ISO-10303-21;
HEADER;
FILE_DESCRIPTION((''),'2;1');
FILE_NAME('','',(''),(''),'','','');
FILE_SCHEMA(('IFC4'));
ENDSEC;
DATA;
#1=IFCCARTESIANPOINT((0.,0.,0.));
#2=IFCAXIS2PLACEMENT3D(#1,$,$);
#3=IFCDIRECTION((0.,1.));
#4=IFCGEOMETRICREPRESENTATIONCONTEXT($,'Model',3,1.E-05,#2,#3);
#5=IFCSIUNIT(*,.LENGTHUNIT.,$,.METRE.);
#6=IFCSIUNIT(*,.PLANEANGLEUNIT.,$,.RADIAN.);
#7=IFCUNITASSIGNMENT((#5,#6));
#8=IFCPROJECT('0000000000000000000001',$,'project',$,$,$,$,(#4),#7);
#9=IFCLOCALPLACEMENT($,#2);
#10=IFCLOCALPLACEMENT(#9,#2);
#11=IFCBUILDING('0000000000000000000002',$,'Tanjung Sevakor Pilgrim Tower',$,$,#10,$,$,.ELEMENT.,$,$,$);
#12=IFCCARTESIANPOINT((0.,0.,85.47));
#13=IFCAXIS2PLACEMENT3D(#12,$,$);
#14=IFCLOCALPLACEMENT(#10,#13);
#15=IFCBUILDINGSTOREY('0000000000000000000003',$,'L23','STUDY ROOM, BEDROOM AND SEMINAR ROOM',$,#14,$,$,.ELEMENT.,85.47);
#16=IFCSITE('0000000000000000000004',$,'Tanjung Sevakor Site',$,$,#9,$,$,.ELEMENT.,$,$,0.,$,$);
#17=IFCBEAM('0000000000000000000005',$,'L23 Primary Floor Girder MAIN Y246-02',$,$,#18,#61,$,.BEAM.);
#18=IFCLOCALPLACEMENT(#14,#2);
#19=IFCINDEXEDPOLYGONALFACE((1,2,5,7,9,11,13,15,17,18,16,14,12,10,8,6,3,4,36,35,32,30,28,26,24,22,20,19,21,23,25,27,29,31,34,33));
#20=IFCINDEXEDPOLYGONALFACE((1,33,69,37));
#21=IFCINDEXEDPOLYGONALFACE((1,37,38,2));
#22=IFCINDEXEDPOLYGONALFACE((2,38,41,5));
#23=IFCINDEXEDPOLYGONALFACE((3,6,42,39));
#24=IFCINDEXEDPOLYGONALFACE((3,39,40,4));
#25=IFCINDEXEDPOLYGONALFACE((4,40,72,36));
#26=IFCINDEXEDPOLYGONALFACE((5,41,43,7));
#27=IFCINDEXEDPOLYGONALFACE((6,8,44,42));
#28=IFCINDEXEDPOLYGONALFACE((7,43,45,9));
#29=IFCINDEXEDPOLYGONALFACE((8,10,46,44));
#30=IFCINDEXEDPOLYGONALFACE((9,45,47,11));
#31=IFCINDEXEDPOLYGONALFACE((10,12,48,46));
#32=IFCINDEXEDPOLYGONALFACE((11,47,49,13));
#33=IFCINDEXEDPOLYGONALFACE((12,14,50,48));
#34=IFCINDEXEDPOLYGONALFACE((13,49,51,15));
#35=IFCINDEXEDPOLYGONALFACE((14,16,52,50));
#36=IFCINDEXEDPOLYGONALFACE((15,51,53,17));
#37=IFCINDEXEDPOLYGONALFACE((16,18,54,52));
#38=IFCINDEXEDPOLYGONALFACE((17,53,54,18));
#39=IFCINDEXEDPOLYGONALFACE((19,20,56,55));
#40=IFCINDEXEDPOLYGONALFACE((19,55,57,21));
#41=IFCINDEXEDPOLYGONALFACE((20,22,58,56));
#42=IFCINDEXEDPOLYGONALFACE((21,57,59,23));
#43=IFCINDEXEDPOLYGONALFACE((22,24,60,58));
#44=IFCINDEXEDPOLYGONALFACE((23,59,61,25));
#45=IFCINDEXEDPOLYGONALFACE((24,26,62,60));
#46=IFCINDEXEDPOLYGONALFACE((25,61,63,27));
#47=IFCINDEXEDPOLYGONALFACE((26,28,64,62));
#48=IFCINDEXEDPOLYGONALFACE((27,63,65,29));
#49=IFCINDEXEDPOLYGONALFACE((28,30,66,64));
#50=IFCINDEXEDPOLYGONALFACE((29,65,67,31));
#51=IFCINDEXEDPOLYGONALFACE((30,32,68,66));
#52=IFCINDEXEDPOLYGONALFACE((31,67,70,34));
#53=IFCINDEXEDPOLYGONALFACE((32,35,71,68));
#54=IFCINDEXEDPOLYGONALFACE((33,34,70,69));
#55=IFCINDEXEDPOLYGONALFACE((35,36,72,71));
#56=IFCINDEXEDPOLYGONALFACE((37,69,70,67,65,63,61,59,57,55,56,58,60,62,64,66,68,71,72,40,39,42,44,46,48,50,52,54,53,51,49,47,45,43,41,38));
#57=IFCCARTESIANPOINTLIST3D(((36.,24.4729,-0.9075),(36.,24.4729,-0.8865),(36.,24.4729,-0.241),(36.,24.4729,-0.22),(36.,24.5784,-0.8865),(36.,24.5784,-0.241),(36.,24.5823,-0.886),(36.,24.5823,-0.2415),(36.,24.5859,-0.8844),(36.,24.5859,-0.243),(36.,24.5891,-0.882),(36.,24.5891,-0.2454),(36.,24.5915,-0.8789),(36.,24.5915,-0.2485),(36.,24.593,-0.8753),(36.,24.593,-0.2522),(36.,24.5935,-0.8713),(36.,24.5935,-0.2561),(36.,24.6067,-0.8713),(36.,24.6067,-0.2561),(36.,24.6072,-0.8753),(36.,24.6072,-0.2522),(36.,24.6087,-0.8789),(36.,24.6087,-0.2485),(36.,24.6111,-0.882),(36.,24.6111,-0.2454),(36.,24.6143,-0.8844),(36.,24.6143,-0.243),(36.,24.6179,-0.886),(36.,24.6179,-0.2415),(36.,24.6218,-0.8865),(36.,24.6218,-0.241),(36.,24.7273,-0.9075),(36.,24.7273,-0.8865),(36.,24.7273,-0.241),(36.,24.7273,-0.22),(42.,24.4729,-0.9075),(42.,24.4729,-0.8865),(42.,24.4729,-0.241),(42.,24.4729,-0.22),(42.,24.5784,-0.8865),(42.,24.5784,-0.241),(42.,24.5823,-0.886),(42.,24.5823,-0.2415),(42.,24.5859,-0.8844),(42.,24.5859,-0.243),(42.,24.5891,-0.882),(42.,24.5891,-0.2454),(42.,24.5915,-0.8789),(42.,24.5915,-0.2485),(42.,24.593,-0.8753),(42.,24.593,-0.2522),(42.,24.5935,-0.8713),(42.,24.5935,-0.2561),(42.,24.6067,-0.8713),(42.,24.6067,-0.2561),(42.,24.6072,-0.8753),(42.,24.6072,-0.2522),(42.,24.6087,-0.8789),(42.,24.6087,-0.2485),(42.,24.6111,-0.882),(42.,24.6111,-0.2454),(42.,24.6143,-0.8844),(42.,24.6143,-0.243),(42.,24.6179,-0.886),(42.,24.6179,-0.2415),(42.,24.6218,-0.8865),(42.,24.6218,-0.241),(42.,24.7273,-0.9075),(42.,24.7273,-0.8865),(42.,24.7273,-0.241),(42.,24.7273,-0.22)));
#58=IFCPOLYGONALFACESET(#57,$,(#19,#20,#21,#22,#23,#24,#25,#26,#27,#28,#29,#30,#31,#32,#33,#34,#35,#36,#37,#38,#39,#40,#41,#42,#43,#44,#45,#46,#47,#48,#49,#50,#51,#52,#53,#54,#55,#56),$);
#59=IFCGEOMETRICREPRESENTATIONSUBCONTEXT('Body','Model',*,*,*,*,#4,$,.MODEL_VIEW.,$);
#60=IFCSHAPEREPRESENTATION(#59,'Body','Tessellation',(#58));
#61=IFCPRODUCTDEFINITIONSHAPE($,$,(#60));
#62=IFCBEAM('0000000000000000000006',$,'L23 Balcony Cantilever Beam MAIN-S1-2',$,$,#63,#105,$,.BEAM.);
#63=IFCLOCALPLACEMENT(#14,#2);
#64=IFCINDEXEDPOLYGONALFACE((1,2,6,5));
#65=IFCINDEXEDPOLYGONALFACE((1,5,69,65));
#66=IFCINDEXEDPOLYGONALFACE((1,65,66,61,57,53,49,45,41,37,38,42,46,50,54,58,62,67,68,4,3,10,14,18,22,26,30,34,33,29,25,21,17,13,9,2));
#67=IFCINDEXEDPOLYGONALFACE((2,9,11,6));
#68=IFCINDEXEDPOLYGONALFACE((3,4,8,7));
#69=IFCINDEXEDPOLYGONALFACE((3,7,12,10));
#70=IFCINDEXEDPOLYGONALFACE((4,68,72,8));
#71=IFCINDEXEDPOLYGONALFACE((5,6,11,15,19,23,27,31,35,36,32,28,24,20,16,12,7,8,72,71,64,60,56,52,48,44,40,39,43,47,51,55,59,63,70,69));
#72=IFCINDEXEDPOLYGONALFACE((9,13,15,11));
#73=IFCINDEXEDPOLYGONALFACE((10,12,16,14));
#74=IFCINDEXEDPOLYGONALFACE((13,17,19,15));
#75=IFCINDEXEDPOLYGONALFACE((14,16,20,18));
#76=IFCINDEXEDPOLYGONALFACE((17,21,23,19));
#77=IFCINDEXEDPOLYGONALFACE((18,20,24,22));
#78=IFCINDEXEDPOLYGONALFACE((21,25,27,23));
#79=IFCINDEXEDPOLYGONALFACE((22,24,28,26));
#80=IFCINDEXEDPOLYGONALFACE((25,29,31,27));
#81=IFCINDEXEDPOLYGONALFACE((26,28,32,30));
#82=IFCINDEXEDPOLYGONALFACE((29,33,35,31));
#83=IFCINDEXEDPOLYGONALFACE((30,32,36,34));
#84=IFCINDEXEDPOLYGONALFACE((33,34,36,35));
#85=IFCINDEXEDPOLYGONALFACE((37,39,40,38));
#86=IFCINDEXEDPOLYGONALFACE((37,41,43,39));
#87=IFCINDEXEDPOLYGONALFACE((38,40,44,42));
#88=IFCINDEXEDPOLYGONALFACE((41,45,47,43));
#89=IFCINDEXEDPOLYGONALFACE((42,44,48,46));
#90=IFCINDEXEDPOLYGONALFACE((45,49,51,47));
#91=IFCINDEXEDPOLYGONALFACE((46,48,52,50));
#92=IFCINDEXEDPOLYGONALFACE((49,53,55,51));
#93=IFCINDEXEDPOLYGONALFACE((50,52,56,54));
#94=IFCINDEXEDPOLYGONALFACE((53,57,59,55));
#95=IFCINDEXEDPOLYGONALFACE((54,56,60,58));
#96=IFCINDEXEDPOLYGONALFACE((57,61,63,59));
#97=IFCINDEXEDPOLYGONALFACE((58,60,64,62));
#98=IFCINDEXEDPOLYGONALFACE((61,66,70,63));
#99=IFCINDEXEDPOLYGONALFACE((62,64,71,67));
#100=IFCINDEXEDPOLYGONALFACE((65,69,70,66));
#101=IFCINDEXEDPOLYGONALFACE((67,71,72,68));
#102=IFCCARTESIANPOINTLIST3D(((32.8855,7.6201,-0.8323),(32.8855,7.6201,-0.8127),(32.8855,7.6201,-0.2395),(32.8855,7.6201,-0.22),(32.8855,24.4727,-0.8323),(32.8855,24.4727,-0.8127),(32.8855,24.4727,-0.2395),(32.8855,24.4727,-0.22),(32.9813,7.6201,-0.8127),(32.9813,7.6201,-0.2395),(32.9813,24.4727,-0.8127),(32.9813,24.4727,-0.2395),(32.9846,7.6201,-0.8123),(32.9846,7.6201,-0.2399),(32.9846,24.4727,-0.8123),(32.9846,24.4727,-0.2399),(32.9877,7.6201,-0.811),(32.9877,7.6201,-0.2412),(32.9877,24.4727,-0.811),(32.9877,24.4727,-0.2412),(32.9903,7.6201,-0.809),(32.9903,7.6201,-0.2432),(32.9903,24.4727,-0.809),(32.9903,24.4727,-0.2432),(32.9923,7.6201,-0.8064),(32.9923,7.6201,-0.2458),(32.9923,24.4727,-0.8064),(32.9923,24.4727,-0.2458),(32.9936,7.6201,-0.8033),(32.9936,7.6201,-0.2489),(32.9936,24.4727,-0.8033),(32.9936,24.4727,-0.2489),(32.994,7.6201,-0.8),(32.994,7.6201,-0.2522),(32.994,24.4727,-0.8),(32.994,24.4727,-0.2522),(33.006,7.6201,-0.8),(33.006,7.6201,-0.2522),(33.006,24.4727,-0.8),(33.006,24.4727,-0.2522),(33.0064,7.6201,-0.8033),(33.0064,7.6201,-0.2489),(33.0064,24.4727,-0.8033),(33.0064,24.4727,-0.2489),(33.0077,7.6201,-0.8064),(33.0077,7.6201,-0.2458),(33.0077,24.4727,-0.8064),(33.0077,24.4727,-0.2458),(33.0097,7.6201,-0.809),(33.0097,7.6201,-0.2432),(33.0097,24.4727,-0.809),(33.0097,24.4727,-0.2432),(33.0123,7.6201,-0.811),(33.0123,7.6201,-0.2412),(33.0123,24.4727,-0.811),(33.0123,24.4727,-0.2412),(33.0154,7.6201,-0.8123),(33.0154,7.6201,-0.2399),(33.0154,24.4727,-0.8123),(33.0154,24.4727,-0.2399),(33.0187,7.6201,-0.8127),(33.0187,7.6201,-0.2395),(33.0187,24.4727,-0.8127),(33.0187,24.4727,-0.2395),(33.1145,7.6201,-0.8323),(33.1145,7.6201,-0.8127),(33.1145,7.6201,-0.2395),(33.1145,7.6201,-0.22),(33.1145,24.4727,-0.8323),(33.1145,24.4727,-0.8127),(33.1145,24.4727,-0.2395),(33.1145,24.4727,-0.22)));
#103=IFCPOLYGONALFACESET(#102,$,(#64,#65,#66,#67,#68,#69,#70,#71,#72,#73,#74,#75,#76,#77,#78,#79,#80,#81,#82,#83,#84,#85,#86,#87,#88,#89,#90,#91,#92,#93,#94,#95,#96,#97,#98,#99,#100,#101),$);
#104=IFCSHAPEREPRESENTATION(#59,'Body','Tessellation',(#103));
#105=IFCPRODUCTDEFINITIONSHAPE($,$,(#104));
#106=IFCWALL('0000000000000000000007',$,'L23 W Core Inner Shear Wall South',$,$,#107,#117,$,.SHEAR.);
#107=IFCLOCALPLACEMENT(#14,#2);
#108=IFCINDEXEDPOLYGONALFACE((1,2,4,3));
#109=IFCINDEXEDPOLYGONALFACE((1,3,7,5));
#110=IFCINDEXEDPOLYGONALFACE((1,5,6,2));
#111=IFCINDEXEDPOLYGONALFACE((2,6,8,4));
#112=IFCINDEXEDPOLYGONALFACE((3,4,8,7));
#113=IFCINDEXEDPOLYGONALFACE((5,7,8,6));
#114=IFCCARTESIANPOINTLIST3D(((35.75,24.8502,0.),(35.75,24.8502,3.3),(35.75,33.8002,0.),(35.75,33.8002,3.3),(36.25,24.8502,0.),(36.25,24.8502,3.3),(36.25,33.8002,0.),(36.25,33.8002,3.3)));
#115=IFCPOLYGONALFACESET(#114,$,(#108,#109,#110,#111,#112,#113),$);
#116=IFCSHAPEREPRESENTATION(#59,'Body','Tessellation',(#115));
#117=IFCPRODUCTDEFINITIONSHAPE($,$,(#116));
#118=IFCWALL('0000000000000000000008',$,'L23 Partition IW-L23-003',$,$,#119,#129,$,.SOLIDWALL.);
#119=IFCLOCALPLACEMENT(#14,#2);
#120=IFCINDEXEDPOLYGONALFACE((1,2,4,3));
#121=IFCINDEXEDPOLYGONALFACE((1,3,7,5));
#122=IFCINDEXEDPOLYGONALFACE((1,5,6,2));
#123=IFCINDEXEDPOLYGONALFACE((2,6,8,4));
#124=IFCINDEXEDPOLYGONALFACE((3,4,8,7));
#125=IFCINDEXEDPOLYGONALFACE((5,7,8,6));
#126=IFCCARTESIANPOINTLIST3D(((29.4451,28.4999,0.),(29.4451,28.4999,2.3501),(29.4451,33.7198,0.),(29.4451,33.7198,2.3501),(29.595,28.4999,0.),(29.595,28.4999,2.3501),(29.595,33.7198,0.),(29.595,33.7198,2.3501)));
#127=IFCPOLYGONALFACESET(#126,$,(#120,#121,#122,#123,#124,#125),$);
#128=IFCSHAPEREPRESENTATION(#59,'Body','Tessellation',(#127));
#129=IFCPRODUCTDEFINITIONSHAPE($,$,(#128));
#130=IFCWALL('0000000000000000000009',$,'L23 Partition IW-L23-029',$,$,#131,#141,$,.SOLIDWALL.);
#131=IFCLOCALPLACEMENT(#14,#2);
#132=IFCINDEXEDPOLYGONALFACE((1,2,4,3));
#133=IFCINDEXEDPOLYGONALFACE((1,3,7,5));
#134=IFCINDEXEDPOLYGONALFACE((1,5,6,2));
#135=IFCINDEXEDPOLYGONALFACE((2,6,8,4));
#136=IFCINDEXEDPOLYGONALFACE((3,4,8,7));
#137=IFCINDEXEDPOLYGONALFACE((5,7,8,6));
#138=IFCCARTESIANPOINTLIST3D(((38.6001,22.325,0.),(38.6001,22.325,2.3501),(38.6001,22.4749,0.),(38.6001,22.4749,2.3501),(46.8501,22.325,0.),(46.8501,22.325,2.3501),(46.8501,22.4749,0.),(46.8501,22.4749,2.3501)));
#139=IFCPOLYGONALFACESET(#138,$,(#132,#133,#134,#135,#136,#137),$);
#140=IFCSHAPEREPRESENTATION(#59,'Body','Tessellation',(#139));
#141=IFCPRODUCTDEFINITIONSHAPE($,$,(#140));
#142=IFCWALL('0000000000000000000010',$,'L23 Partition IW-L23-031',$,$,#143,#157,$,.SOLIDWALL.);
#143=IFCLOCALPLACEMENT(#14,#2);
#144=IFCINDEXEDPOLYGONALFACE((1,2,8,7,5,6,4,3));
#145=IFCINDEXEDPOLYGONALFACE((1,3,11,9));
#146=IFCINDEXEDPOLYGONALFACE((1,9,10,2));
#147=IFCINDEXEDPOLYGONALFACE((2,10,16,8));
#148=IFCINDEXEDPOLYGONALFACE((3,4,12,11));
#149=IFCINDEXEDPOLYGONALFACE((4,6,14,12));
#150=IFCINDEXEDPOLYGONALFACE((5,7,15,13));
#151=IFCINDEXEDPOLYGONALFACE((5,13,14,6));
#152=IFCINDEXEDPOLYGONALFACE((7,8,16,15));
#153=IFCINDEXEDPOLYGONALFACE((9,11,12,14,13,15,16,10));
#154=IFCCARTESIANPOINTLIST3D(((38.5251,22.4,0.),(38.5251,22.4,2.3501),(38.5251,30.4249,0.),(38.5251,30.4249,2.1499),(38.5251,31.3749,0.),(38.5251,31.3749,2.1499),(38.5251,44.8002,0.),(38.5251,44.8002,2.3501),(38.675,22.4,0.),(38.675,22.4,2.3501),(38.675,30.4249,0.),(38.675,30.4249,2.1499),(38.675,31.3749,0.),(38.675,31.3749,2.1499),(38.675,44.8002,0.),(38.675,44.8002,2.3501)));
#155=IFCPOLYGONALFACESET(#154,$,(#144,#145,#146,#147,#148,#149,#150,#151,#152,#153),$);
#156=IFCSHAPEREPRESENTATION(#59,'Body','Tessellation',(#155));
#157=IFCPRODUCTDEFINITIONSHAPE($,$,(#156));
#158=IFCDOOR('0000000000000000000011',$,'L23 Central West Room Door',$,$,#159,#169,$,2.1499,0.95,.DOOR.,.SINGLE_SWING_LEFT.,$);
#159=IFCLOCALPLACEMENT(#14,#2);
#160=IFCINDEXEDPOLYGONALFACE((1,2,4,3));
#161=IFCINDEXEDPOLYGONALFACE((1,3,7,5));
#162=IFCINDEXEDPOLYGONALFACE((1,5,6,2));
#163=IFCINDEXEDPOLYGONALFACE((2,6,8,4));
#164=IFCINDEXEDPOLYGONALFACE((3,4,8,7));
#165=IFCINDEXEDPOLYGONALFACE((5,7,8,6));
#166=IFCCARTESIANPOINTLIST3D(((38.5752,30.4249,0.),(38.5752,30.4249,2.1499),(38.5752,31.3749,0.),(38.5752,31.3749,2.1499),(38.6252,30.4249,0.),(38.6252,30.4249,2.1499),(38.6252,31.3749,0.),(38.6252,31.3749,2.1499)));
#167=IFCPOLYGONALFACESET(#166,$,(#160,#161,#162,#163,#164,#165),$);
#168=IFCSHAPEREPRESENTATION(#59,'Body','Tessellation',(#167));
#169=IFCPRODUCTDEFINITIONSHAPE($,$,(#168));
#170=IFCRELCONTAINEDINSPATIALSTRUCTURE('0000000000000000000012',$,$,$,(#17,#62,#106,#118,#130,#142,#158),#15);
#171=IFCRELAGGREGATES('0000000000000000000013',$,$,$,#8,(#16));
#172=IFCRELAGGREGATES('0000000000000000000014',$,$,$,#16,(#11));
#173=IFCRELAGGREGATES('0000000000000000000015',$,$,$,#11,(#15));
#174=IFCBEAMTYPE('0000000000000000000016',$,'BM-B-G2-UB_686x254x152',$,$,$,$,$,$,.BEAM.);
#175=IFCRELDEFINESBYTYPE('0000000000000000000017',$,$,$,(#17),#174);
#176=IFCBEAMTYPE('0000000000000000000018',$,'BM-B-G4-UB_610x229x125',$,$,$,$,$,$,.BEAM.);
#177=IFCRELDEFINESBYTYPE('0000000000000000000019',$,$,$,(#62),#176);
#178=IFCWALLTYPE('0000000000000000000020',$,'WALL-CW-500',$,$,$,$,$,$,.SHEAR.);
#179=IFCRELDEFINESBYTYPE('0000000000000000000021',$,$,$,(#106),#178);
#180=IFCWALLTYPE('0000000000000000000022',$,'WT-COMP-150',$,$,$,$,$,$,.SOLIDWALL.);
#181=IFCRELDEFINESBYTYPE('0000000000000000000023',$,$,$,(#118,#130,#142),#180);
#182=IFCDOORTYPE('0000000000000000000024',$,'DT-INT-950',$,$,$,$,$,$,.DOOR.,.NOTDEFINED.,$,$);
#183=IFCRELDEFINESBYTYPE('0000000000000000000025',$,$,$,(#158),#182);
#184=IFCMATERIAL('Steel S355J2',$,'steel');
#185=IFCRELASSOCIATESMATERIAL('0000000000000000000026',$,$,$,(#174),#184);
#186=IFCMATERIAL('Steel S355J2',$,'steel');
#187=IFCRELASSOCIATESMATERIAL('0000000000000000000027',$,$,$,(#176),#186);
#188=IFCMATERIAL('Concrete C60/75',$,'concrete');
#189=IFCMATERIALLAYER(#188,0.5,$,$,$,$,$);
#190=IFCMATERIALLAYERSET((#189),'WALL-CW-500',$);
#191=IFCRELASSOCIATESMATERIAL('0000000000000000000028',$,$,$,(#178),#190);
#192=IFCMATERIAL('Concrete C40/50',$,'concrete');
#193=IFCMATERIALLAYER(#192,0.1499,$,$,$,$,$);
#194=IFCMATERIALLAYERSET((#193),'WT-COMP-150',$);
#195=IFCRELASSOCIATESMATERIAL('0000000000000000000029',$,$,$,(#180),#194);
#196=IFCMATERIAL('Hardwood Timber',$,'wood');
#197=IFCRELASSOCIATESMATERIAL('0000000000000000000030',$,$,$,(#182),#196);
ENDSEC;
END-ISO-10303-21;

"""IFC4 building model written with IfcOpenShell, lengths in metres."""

from ifc_helpers import new_model, si_unit, direction, frame, frame_2d, origin, origin_2d, place, context, subcontext, project, spatial, rectangle, i_section, extrude, material, layer, layer_set, material_profile, profile_set, type_object, element, fill, save


model = new_model("IFC4")

# Units and contexts
model_context = context("Model", 3, precision=1e-05, world=origin(), true_north=direction((0.0, 1.0)))
body_context = subcontext(model_context, "Body", "Model", "MODEL_VIEW")
ifc_project = project(units=[si_unit("LENGTHUNIT", "METRE"), si_unit("PLANEANGLEUNIT", "RADIAN")], contexts=[model_context])

# Site, building, storey
site_placement = place(None, origin())
site = spatial("IfcSite", under=ifc_project, at=site_placement, Name="Tanjung Sevakor Site", CompositionType="ELEMENT", RefElevation=0.0)
building_placement = place(site_placement, origin())
building = spatial("IfcBuilding", under=site, at=building_placement, Name="Tanjung Sevakor Pilgrim Tower", CompositionType="ELEMENT")
storey_placement = place(building_placement, frame((0.0, 0.0, 85.47)))
storey = spatial("IfcBuildingStorey", under=building, at=storey_placement, Name="L23", Description="STUDY ROOM, BEDROOM AND SEMINAR ROOM", CompositionType="ELEMENT", Elevation=85.47)

# Beams
ifc_material_1 = material(Name="Steel S355J2", Category="steel")
ifc_material_profile_1 = material_profile(ifc_material_1, i_section(OverallWidth=0.2544, OverallDepth=0.6875, WebThickness=0.0132, FlangeThickness=0.021, FilletRadius=0.0151, at=origin_2d()))
ifc_profile_set_1 = profile_set([ifc_material_profile_1], Name="Steel S355J2")
beam_type_1 = type_object("IfcBeamType", Name="BM-B-G2-UB_686x254x152", PredefinedType="BEAM", material=ifc_profile_set_1)
beam_1_placement = place(storey_placement, frame((36.0, 24.6001, -0.5637), z_axis=(1.0, 0.0, 0.0), x_axis=(0.0, 1.0, 0.0)))
element("IfcBeam", 1, at=beam_1_placement, inside=storey, type_object=beam_type_1, Name="L23 Primary Floor Girder MAIN Y246-02", PredefinedType="BEAM", context=body_context, shape_type="SweptSolid", body=[
    extrude(i_section(OverallWidth=0.2544, OverallDepth=0.6875, WebThickness=0.0132, FlangeThickness=0.021, FilletRadius=0.0151, at=origin_2d()), origin(), (0.0, 0.0, 1.0), 6.0),
])
ifc_material_2 = material(Name="Steel S355J2", Category="steel")
ifc_material_profile_2 = material_profile(ifc_material_2, i_section(OverallWidth=0.229, OverallDepth=0.6123, WebThickness=0.012, FlangeThickness=0.0195, FilletRadius=0.0127, at=origin_2d()))
ifc_profile_set_2 = profile_set([ifc_material_profile_2], Name="Steel S355J2")
beam_type_2 = type_object("IfcBeamType", Name="BM-B-G4-UB_610x229x125", PredefinedType="BEAM", material=ifc_profile_set_2)
beam_2_placement = place(storey_placement, frame((33.0, 24.4727, -0.5261), z_axis=(0.0, -1.0, 0.0), x_axis=(1.0, 0.0, 0.0)))
element("IfcBeam", 2, at=beam_2_placement, inside=storey, type_object=beam_type_2, Name="L23 Balcony Cantilever Beam MAIN-S1-2", PredefinedType="BEAM", context=body_context, shape_type="SweptSolid", body=[
    extrude(i_section(OverallWidth=0.229, OverallDepth=0.6123, WebThickness=0.012, FlangeThickness=0.0195, FilletRadius=0.0127, at=origin_2d()), origin(), (0.0, 0.0, 1.0), 16.8525),
])

# Walls
ifc_material_3 = material(Name="Concrete C60/75", Category="concrete")
ifc_layer_1 = layer(ifc_material_3, 0.5)
ifc_layer_set_1 = layer_set([ifc_layer_1], Name="WALL-CW-500")
wall_type_1 = type_object("IfcWallType", Name="WALL-CW-500", PredefinedType="SHEAR", material=ifc_layer_set_1)
wall_1_placement = place(storey_placement, frame((36.0, 24.8501, 0.0), z_axis=(0.0, 0.0, 1.0), x_axis=(0.0, 1.0, 0.0)))
element("IfcWall", 3, at=wall_1_placement, inside=storey, type_object=wall_type_1, Name="L23 W Core Inner Shear Wall South", PredefinedType="SHEAR", context=body_context, shape_type="SweptSolid", body=[
    extrude(rectangle(XDim=8.95, YDim=0.5, at=frame_2d((4.4751, 0.0))), origin(), (0.0, 0.0, 1.0), 3.3),
])
ifc_material_4 = material(Name="Concrete C40/50", Category="concrete")
ifc_layer_2 = layer(ifc_material_4, 0.1499)
ifc_layer_set_2 = layer_set([ifc_layer_2], Name="WT-COMP-150")
wall_type_2 = type_object("IfcWallType", Name="WT-COMP-150", PredefinedType="SOLIDWALL", material=ifc_layer_set_2)
wall_2_placement = place(storey_placement, frame((29.52, 28.5, 0.0), z_axis=(0.0, 0.0, 1.0), x_axis=(0.0, 1.0, 0.0)))
element("IfcWall", 4, at=wall_2_placement, inside=storey, type_object=wall_type_2, Name="L23 Partition IW-L23-003", PredefinedType="SOLIDWALL", context=body_context, shape_type="SweptSolid", body=[
    extrude(rectangle(XDim=5.22, YDim=0.1499, at=frame_2d((2.6099, 0.0))), origin(), (0.0, 0.0, 1.0), 2.3501),
])

# Wall
wall_3_placement = place(storey_placement, frame((38.6001, 22.3999, 0.0), z_axis=(0.0, 0.0, 1.0), x_axis=(1.0, 0.0, 0.0)))
element("IfcWall", 5, at=wall_3_placement, inside=storey, type_object=wall_type_2, Name="L23 Partition IW-L23-029", PredefinedType="SOLIDWALL", context=body_context, shape_type="SweptSolid", body=[
    extrude(rectangle(XDim=8.25, YDim=0.1499, at=frame_2d((4.125, 0.0))), origin(), (0.0, 0.0, 1.0), 2.3501),
])

# Wall, opening, door
wall_4_placement = place(storey_placement, frame((38.6001, 22.3999, 0.0), z_axis=(0.0, 0.0, 1.0), x_axis=(0.0, 1.0, 0.0)))
wall_4 = element("IfcWall", 6, at=wall_4_placement, inside=storey, type_object=wall_type_2, Name="L23 Partition IW-L23-031", PredefinedType="SOLIDWALL", context=body_context, shape_type="SweptSolid", body=[
    extrude(rectangle(XDim=22.4001, YDim=0.1499, at=frame_2d((11.2002, 0.0))), origin(), (0.0, 0.0, 1.0), 2.3501),
])
opening_1_placement = place(wall_4_placement, frame((8.0249, 0.0, 0.0)))
opening_1 = element("IfcOpeningElement", 7, at=opening_1_placement, cuts=wall_4, PredefinedType="OPENING", context=body_context, shape_type="SweptSolid", body=[
    extrude(rectangle(XDim=0.95, YDim=2.1499, at=frame_2d((0.4751, 1.075))), frame((0.0, 0.085, 0.0), z_axis=(0.0, -1.0, 0.0), x_axis=(1.0, 0.0, 0.0)), (0.0, 0.0, 1.0), 0.1699),
])
ifc_material_5 = material(Name="Hardwood Timber", Category="wood")
door_type_1 = type_object("IfcDoorType", Name="DT-INT-950", OperationType="NOTDEFINED", PredefinedType="DOOR", material=ifc_material_5)
door_1_placement = place(opening_1_placement, origin())
door_1 = element("IfcDoor", 8, at=door_1_placement, inside=storey, type_object=door_type_1, Name="L23 Central West Room Door", OperationType="SINGLE_SWING_LEFT", OverallHeight=2.1499, OverallWidth=0.95, PredefinedType="DOOR", context=body_context, shape_type="SweptSolid", body=[
    extrude(rectangle(XDim=0.95, YDim=2.1499, at=frame_2d((0.4751, 1.075))), frame((0.0, 0.0249, 0.0), z_axis=(0.0, -1.0, 0.0), x_axis=(1.0, 0.0, 0.0)), (0.0, 0.0, 1.0), 0.05),
])
fill(opening_1, door_1)

save(model, "model.ifc")
